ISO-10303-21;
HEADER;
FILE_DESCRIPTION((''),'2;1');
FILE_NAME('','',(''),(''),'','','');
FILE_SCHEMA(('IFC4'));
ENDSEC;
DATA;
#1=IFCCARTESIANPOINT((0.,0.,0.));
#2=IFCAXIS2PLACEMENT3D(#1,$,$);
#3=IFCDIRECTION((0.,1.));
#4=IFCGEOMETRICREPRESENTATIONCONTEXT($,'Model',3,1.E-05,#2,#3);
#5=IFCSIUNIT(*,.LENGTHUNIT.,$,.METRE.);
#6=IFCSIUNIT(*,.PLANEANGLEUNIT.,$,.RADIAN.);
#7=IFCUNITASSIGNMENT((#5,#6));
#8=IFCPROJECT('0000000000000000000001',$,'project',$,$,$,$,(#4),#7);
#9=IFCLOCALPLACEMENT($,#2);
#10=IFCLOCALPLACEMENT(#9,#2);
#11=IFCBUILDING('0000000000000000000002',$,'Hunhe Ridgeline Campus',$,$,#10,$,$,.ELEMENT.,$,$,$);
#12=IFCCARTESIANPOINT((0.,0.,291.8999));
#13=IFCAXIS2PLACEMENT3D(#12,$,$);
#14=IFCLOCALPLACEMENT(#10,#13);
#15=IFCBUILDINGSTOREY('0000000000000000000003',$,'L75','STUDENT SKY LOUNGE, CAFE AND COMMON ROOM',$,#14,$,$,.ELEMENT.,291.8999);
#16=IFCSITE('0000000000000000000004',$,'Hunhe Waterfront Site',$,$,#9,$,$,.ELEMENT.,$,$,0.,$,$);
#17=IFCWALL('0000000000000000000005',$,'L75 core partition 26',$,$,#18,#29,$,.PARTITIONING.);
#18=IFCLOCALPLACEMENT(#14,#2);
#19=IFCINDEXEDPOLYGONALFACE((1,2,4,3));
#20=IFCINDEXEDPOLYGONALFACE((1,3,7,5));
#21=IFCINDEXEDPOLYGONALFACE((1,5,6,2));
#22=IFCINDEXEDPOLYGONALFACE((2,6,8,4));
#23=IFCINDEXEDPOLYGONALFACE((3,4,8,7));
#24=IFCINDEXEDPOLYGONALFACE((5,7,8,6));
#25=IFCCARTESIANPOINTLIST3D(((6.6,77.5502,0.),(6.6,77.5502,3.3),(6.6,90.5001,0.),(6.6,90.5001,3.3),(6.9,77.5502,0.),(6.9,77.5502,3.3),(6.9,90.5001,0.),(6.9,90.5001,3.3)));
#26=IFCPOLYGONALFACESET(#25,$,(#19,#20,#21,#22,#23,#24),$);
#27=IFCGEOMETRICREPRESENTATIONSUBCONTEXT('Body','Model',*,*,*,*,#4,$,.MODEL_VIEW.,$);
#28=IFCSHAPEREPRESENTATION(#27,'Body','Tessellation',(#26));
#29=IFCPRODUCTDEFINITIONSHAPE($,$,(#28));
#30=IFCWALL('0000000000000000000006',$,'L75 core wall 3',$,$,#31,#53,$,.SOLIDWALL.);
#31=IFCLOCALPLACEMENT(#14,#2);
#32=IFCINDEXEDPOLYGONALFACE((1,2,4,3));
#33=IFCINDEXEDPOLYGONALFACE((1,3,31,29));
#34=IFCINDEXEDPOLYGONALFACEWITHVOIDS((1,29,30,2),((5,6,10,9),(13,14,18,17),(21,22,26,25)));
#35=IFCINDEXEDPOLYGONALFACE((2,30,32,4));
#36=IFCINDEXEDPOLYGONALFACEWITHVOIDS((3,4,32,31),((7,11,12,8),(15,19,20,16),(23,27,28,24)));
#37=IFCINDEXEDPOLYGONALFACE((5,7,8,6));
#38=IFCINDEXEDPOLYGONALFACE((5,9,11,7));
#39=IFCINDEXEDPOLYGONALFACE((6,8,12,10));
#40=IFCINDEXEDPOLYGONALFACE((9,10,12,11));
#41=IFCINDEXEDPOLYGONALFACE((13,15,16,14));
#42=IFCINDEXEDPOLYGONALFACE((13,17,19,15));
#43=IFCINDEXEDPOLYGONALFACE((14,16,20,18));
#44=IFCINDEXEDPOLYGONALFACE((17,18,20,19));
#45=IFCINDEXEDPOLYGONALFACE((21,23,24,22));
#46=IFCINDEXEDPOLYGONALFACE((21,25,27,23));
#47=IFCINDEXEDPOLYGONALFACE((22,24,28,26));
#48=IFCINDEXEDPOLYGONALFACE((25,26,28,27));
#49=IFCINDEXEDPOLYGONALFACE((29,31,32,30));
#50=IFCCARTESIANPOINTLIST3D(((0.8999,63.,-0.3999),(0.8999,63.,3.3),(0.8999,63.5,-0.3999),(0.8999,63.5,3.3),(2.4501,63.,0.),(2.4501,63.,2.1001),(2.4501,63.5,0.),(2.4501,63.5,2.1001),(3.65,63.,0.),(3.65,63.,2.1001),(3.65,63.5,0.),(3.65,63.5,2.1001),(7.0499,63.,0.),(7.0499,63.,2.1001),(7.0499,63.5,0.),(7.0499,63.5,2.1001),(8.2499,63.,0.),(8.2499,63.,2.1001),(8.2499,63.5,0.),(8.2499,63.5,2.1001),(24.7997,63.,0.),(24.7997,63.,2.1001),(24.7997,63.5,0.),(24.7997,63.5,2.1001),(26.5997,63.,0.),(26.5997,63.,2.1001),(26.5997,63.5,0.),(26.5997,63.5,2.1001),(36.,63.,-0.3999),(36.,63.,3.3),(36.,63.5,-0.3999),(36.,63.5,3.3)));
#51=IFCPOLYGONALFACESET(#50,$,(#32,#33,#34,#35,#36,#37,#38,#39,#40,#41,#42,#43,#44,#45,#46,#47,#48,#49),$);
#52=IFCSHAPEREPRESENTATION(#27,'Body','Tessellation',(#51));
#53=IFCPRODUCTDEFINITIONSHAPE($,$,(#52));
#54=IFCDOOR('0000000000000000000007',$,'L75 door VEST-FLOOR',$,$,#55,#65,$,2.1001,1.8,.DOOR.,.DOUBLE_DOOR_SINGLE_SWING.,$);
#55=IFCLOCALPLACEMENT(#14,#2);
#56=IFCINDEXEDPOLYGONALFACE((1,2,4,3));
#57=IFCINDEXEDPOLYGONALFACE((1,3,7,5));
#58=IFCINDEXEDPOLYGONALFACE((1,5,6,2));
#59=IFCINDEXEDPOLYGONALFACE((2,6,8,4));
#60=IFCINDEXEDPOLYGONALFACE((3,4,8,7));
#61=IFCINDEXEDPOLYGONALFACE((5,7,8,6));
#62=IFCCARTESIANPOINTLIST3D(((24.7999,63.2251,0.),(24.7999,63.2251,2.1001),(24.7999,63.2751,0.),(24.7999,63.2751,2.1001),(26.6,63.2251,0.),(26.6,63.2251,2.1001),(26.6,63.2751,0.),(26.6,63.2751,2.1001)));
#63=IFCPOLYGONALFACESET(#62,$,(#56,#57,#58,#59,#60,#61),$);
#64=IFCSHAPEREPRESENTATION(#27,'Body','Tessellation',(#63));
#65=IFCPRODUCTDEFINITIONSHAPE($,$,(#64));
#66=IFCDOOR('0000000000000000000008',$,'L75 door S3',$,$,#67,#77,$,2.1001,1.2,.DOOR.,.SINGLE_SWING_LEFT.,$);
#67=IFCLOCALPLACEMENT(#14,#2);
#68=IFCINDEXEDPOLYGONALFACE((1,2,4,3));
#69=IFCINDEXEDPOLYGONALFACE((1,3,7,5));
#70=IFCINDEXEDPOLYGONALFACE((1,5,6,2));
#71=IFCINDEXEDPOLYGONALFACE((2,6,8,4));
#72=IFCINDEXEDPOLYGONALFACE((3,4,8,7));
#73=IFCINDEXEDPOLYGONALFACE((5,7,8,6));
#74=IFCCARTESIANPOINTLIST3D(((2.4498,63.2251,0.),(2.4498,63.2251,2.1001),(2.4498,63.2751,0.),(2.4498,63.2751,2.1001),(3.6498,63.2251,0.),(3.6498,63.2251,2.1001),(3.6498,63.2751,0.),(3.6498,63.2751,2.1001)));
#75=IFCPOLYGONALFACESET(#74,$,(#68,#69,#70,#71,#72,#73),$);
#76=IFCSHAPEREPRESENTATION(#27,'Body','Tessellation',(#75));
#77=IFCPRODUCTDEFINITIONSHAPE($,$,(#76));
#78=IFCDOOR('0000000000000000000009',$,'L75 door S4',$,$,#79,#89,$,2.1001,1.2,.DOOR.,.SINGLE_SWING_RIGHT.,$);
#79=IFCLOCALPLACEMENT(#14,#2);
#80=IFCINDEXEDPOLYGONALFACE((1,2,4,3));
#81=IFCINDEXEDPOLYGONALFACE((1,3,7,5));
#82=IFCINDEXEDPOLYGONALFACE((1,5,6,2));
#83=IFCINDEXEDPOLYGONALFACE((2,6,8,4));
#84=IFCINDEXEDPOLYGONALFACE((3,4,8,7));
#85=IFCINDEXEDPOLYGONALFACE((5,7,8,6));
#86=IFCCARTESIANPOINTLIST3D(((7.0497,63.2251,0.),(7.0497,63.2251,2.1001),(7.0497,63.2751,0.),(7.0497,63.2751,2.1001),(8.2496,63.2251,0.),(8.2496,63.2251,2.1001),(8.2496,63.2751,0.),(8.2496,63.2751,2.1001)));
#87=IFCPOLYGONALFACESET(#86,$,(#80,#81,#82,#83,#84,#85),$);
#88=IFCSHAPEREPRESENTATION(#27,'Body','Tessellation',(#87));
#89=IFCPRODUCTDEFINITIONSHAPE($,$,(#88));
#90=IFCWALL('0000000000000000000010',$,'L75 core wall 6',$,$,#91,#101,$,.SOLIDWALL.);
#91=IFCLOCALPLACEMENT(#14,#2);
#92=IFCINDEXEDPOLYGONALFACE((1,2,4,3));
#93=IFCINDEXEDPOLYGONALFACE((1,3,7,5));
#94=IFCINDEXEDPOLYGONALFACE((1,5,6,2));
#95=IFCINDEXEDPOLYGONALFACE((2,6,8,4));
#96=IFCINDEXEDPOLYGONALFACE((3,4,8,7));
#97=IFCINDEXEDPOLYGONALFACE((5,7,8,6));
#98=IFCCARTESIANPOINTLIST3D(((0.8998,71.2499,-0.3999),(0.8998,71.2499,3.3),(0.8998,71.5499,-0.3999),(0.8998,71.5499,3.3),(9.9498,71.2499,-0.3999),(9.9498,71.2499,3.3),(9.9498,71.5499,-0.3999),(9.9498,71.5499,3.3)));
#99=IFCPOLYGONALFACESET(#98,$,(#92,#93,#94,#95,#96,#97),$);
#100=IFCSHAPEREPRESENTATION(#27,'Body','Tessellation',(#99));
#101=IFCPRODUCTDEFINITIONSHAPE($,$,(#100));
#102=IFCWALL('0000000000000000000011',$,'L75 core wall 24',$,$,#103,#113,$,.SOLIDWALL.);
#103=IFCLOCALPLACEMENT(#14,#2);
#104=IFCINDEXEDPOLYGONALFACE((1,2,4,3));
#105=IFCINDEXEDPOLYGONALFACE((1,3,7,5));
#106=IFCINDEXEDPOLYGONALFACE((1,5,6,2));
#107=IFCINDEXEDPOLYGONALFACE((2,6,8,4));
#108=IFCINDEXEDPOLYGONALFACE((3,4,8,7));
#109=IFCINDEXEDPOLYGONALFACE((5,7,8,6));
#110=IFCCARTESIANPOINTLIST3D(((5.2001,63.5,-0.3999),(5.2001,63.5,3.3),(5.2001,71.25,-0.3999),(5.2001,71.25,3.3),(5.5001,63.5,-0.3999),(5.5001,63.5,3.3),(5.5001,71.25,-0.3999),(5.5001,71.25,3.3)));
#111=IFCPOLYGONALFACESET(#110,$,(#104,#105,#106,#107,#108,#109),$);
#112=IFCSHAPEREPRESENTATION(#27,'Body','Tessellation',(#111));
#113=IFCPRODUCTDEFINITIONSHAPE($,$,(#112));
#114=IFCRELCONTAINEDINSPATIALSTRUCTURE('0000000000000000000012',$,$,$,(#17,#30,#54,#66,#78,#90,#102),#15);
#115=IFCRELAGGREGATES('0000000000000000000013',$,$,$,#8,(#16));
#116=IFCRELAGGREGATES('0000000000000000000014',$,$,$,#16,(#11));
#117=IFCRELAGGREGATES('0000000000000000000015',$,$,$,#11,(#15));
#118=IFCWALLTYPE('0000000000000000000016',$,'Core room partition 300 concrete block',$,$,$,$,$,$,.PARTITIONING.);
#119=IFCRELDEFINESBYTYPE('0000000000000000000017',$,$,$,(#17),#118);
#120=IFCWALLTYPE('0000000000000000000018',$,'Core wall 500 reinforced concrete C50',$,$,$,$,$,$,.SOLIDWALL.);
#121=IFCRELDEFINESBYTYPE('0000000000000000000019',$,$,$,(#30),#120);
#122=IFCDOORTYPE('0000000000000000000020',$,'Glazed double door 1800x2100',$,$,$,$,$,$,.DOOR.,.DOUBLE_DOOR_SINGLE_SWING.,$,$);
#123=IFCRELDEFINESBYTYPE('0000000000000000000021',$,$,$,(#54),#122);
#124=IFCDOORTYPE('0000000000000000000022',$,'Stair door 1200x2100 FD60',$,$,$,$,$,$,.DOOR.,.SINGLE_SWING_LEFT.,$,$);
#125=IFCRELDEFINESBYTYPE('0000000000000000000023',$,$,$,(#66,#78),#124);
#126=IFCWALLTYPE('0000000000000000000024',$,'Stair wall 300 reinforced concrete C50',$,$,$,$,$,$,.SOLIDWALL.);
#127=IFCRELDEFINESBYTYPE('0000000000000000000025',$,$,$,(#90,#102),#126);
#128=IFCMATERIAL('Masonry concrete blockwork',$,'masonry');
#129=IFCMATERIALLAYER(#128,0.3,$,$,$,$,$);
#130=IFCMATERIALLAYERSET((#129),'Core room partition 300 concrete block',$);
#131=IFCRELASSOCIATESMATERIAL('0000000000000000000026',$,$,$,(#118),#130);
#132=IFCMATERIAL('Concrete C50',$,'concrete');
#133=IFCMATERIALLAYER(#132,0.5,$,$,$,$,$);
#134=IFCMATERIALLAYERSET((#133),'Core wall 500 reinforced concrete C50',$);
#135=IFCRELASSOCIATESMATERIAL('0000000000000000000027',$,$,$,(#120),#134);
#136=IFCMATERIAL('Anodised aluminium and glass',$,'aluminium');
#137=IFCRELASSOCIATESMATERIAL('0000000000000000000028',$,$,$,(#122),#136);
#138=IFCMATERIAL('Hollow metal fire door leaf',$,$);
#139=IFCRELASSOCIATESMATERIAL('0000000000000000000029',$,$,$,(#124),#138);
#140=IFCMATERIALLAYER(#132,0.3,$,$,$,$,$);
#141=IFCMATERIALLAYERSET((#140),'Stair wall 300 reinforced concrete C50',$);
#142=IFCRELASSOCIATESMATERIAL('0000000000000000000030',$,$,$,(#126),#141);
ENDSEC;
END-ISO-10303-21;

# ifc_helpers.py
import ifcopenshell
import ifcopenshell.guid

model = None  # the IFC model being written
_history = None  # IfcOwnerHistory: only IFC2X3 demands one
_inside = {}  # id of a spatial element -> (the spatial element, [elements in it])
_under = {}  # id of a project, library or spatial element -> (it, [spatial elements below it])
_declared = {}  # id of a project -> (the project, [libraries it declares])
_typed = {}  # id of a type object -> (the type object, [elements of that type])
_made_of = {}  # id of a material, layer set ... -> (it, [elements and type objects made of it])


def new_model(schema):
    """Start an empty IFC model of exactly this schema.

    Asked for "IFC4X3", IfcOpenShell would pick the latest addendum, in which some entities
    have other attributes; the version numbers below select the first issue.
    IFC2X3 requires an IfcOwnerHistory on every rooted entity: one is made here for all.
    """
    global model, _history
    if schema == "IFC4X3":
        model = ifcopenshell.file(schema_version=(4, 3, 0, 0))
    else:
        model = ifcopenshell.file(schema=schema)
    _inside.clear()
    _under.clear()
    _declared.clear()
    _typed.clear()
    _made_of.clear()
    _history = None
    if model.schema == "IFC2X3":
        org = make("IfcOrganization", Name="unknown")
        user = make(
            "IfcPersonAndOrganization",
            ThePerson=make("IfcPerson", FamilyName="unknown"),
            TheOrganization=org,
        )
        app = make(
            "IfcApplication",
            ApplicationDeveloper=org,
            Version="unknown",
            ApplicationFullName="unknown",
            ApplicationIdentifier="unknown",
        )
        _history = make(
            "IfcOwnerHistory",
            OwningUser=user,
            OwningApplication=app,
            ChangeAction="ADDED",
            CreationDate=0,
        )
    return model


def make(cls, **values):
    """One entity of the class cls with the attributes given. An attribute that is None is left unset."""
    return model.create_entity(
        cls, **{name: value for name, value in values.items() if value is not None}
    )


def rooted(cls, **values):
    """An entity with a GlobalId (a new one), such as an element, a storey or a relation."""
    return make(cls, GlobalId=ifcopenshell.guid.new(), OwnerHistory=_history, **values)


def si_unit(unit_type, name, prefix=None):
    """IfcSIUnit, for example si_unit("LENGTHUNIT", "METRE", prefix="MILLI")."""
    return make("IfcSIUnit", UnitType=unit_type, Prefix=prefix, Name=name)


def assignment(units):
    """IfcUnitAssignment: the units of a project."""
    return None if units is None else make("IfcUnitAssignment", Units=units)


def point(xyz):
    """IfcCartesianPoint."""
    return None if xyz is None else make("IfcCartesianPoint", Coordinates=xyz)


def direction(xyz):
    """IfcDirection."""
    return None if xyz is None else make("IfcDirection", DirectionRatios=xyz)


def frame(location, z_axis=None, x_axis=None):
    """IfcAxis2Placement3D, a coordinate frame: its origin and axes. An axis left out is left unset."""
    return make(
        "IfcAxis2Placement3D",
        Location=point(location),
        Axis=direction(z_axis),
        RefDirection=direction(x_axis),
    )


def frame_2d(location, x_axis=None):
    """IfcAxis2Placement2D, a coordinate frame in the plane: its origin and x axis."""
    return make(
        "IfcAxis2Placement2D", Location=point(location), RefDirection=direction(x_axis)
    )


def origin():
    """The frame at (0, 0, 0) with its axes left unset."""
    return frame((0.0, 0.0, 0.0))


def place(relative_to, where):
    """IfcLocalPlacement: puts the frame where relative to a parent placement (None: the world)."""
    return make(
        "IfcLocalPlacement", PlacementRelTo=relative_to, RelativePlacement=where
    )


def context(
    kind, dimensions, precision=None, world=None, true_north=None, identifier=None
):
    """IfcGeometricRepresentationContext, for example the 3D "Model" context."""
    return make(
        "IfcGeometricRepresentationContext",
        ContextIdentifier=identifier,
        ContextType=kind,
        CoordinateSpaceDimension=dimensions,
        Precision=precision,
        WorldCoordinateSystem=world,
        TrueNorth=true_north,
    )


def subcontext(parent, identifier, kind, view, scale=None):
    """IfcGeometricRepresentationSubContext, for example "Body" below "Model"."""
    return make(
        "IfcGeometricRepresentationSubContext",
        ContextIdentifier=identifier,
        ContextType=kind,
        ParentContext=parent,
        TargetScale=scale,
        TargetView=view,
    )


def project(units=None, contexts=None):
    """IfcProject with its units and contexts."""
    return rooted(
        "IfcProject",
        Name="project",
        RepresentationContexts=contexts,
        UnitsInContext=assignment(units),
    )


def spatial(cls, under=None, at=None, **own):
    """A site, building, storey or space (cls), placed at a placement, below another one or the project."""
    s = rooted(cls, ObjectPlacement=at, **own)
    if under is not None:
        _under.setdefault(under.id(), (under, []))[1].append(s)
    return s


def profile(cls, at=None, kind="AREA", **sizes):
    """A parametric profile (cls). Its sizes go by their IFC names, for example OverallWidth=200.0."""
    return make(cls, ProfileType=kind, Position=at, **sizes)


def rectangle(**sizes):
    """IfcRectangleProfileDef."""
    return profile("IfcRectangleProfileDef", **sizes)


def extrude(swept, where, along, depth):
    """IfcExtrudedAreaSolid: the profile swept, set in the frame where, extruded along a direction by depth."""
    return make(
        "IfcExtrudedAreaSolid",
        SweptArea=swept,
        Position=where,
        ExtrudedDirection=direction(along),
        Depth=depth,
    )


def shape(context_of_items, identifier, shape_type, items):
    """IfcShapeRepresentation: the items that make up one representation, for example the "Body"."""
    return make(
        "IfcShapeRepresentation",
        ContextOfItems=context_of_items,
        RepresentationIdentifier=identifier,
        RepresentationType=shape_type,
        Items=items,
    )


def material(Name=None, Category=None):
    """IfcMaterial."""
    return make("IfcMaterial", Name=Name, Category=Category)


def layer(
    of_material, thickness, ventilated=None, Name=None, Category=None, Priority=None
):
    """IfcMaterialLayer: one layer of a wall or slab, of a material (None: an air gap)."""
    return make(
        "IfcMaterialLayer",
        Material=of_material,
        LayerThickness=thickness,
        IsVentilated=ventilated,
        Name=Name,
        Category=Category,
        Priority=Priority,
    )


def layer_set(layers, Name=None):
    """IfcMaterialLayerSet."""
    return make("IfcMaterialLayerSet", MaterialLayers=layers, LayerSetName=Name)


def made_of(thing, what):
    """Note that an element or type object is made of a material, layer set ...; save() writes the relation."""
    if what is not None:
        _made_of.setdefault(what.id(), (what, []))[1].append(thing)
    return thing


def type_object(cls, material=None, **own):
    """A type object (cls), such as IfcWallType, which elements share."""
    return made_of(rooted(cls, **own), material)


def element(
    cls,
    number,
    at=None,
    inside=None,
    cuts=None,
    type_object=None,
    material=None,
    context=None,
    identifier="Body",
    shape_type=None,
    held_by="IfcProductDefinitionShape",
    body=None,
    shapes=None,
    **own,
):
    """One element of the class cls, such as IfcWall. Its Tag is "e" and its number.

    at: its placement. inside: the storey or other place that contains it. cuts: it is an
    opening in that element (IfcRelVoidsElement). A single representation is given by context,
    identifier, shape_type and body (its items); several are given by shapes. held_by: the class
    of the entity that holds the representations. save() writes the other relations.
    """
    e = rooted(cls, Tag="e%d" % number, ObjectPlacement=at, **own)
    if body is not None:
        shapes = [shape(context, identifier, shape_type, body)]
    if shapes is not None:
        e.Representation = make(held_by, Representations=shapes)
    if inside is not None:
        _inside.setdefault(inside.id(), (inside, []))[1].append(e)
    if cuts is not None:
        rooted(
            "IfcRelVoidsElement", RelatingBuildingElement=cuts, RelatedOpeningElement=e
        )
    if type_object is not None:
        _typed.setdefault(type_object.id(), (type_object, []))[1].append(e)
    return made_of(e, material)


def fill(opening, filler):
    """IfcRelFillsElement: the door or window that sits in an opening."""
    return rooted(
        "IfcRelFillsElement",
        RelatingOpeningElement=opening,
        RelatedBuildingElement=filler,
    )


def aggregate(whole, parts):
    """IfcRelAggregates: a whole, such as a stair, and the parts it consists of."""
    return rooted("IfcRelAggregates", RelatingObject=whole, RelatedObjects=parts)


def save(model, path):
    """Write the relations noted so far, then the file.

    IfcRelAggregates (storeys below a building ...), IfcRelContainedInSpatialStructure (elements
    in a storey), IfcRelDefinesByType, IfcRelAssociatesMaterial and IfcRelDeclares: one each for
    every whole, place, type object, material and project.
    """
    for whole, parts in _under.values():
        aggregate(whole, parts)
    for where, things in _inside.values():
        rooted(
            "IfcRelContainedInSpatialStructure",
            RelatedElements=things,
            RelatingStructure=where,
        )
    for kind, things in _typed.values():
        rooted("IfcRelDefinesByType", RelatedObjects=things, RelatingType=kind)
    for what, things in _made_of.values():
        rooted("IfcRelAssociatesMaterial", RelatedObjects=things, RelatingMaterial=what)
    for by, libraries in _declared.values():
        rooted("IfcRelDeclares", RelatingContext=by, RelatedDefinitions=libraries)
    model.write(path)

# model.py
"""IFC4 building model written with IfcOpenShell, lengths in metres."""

from ifc_helpers import new_model, si_unit, direction, frame, frame_2d, origin, place, context, subcontext, project, spatial, rectangle, extrude, material, layer, layer_set, type_object, element, fill, save


model = new_model("IFC4")

# Units and contexts
model_context = context("Model", 3, precision=1e-05, world=origin(), true_north=direction((0.0, 1.0)))
body_context = subcontext(model_context, "Body", "Model", "MODEL_VIEW")
ifc_project = project(units=[si_unit("LENGTHUNIT", "METRE"), si_unit("PLANEANGLEUNIT", "RADIAN")], contexts=[model_context])

# Site, building, storey
site_placement = place(None, origin())
site = spatial("IfcSite", under=ifc_project, at=site_placement, Name="Hunhe Waterfront Site", CompositionType="ELEMENT", RefElevation=0.0)
building_placement = place(site_placement, origin())
building = spatial("IfcBuilding", under=site, at=building_placement, Name="Hunhe Ridgeline Campus", CompositionType="ELEMENT")
storey_placement = place(building_placement, frame((0.0, 0.0, 291.8999)))
storey = spatial("IfcBuildingStorey", under=building, at=storey_placement, Name="L75", Description="STUDENT SKY LOUNGE, CAFE AND COMMON ROOM", CompositionType="ELEMENT", Elevation=291.8999)

# Wall
ifc_material_1 = material(Name="Masonry concrete blockwork", Category="masonry")
ifc_layer_1 = layer(ifc_material_1, 0.3)
ifc_layer_set_1 = layer_set([ifc_layer_1], Name="Core room partition 300 concrete block")
wall_type_1 = type_object("IfcWallType", Name="Core room partition 300 concrete block", PredefinedType="PARTITIONING", material=ifc_layer_set_1)
wall_1_placement = place(storey_placement, frame((6.75, 77.55, 0.0), z_axis=(0.0, 0.0, 1.0), x_axis=(0.0, 1.0, 0.0)))
element("IfcWall", 1, at=wall_1_placement, inside=storey, type_object=wall_type_1, Name="L75 core partition 26", PredefinedType="PARTITIONING", context=body_context, shape_type="SweptSolid", body=[
    extrude(rectangle(XDim=12.95, YDim=0.3, at=frame_2d((6.4751, 0.0))), origin(), (0.0, 0.0, 1.0), 3.3),
])

# Wall, openings, doors
ifc_material_2 = material(Name="Concrete C50", Category="concrete")
ifc_layer_2 = layer(ifc_material_2, 0.5)
ifc_layer_set_2 = layer_set([ifc_layer_2], Name="Core wall 500 reinforced concrete C50")
wall_type_2 = type_object("IfcWallType", Name="Core wall 500 reinforced concrete C50", PredefinedType="SOLIDWALL", material=ifc_layer_set_2)
wall_2_placement = place(storey_placement, frame((0.8999, 63.25, -0.3999), z_axis=(0.0, 0.0, 1.0), x_axis=(1.0, 0.0, 0.0)))
wall_2 = element("IfcWall", 2, at=wall_2_placement, inside=storey, type_object=wall_type_2, Name="L75 core wall 3", PredefinedType="SOLIDWALL", context=body_context, shape_type="SweptSolid", body=[
    extrude(rectangle(XDim=35.1001, YDim=0.5, at=frame_2d((17.55, 0.0))), origin(), (0.0, 0.0, 1.0), 3.7),
])
opening_1_placement = place(wall_2_placement, frame((23.8999, 0.0, 0.3999)))
opening_1 = element("IfcOpeningElement", 3, at=opening_1_placement, cuts=wall_2, PredefinedType="OPENING", context=body_context, shape_type="SweptSolid", body=[
    extrude(rectangle(XDim=1.8, YDim=2.1001, at=frame_2d((0.8999, 1.05))), frame((0.0, 0.25, 0.0), z_axis=(0.0, -1.0, 0.0), x_axis=(1.0, 0.0, 0.0)), (0.0, 0.0, 1.0), 0.5),
])
opening_2_placement = place(wall_2_placement, frame((1.55, 0.0, 0.3999)))
opening_2 = element("IfcOpeningElement", 4, at=opening_2_placement, cuts=wall_2, PredefinedType="OPENING", context=body_context, shape_type="SweptSolid", body=[
    extrude(rectangle(XDim=1.2, YDim=2.1001, at=frame_2d((0.6001, 1.05))), frame((0.0, 0.25, 0.0), z_axis=(0.0, -1.0, 0.0), x_axis=(1.0, 0.0, 0.0)), (0.0, 0.0, 1.0), 0.5),
])
opening_3_placement = place(wall_2_placement, frame((6.1499, 0.0, 0.3999)))
opening_3 = element("IfcOpeningElement", 5, at=opening_3_placement, cuts=wall_2, PredefinedType="OPENING", context=body_context, shape_type="SweptSolid", body=[
    extrude(rectangle(XDim=1.2, YDim=2.1001, at=frame_2d((0.6001, 1.05))), frame((0.0, 0.25, 0.0), z_axis=(0.0, -1.0, 0.0), x_axis=(1.0, 0.0, 0.0)), (0.0, 0.0, 1.0), 0.5),
])
ifc_material_3 = material(Name="Anodised aluminium and glass", Category="aluminium")
door_type_1 = type_object("IfcDoorType", Name="Glazed double door 1800x2100", OperationType="DOUBLE_DOOR_SINGLE_SWING", PredefinedType="DOOR", material=ifc_material_3)
door_1_placement = place(opening_1_placement, frame((1.8, 0.0, 0.0), z_axis=(0.0, 0.0, 1.0), x_axis=(-1.0, 0.0, 0.0)))
door_1 = element("IfcDoor", 6, at=door_1_placement, inside=storey, type_object=door_type_1, Name="L75 door VEST-FLOOR", OperationType="DOUBLE_DOOR_SINGLE_SWING", OverallHeight=2.1001, OverallWidth=1.8, PredefinedType="DOOR", context=body_context, shape_type="SweptSolid", body=[
    extrude(rectangle(XDim=1.8, YDim=2.1001, at=frame_2d((0.8999, 1.05))), frame((0.0, 0.0249, 0.0), z_axis=(0.0, -1.0, 0.0), x_axis=(1.0, 0.0, 0.0)), (0.0, 0.0, 1.0), 0.05),
])
fill(opening_1, door_1)
ifc_material_4 = material(Name="Hollow metal fire door leaf")
door_type_2 = type_object("IfcDoorType", Name="Stair door 1200x2100 FD60", OperationType="SINGLE_SWING_LEFT", PredefinedType="DOOR", material=ifc_material_4)
door_2_placement = place(opening_2_placement, frame((1.2, 0.0, 0.0), z_axis=(0.0, 0.0, 1.0), x_axis=(-1.0, 0.0, 0.0)))
door_2 = element("IfcDoor", 7, at=door_2_placement, inside=storey, type_object=door_type_2, Name="L75 door S3", OperationType="SINGLE_SWING_LEFT", OverallHeight=2.1001, OverallWidth=1.2, PredefinedType="DOOR", context=body_context, shape_type="SweptSolid", body=[
    extrude(rectangle(XDim=1.2, YDim=2.1001, at=frame_2d((0.6001, 1.05))), frame((0.0, 0.0249, 0.0), z_axis=(0.0, -1.0, 0.0), x_axis=(1.0, 0.0, 0.0)), (0.0, 0.0, 1.0), 0.05),
])
fill(opening_2, door_2)
door_3_placement = place(opening_3_placement, frame((1.2, 0.0, 0.0), z_axis=(0.0, 0.0, 1.0), x_axis=(-1.0, 0.0, 0.0)))
door_3 = element("IfcDoor", 8, at=door_3_placement, inside=storey, type_object=door_type_2, Name="L75 door S4", OperationType="SINGLE_SWING_RIGHT", OverallHeight=2.1001, OverallWidth=1.2, PredefinedType="DOOR", context=body_context, shape_type="SweptSolid", body=[
    extrude(rectangle(XDim=1.2, YDim=2.1001, at=frame_2d((0.6001, 1.05))), frame((0.0, 0.0249, 0.0), z_axis=(0.0, -1.0, 0.0), x_axis=(1.0, 0.0, 0.0)), (0.0, 0.0, 1.0), 0.05),
])
fill(opening_3, door_3)

# Shared definitions
ifc_layer_3 = layer(ifc_material_2, 0.3)
ifc_layer_set_3 = layer_set([ifc_layer_3], Name="Stair wall 300 reinforced concrete C50")
wall_type_3 = type_object("IfcWallType", Name="Stair wall 300 reinforced concrete C50", PredefinedType="SOLIDWALL", material=ifc_layer_set_3)

# Walls
wall_3_placement = place(storey_placement, frame((0.8999, 71.3999, -0.3999), z_axis=(0.0, 0.0, 1.0), x_axis=(1.0, 0.0, 0.0)))
element("IfcWall", 9, at=wall_3_placement, inside=storey, type_object=wall_type_3, Name="L75 core wall 6", PredefinedType="SOLIDWALL", context=body_context, shape_type="SweptSolid", body=[
    extrude(rectangle(XDim=9.05, YDim=0.3, at=frame_2d((4.5249, 0.0))), origin(), (0.0, 0.0, 1.0), 3.7),
])
wall_4_placement = place(storey_placement, frame((5.3501, 63.5, -0.3999), z_axis=(0.0, 0.0, 1.0), x_axis=(0.0, 1.0, 0.0)))
element("IfcWall", 10, at=wall_4_placement, inside=storey, type_object=wall_type_3, Name="L75 core wall 24", PredefinedType="SOLIDWALL", context=body_context, shape_type="SweptSolid", body=[
    extrude(rectangle(XDim=7.75, YDim=0.3, at=frame_2d((3.875, 0.0))), origin(), (0.0, 0.0, 1.0), 3.7),
])

save(model, "model.ifc")
